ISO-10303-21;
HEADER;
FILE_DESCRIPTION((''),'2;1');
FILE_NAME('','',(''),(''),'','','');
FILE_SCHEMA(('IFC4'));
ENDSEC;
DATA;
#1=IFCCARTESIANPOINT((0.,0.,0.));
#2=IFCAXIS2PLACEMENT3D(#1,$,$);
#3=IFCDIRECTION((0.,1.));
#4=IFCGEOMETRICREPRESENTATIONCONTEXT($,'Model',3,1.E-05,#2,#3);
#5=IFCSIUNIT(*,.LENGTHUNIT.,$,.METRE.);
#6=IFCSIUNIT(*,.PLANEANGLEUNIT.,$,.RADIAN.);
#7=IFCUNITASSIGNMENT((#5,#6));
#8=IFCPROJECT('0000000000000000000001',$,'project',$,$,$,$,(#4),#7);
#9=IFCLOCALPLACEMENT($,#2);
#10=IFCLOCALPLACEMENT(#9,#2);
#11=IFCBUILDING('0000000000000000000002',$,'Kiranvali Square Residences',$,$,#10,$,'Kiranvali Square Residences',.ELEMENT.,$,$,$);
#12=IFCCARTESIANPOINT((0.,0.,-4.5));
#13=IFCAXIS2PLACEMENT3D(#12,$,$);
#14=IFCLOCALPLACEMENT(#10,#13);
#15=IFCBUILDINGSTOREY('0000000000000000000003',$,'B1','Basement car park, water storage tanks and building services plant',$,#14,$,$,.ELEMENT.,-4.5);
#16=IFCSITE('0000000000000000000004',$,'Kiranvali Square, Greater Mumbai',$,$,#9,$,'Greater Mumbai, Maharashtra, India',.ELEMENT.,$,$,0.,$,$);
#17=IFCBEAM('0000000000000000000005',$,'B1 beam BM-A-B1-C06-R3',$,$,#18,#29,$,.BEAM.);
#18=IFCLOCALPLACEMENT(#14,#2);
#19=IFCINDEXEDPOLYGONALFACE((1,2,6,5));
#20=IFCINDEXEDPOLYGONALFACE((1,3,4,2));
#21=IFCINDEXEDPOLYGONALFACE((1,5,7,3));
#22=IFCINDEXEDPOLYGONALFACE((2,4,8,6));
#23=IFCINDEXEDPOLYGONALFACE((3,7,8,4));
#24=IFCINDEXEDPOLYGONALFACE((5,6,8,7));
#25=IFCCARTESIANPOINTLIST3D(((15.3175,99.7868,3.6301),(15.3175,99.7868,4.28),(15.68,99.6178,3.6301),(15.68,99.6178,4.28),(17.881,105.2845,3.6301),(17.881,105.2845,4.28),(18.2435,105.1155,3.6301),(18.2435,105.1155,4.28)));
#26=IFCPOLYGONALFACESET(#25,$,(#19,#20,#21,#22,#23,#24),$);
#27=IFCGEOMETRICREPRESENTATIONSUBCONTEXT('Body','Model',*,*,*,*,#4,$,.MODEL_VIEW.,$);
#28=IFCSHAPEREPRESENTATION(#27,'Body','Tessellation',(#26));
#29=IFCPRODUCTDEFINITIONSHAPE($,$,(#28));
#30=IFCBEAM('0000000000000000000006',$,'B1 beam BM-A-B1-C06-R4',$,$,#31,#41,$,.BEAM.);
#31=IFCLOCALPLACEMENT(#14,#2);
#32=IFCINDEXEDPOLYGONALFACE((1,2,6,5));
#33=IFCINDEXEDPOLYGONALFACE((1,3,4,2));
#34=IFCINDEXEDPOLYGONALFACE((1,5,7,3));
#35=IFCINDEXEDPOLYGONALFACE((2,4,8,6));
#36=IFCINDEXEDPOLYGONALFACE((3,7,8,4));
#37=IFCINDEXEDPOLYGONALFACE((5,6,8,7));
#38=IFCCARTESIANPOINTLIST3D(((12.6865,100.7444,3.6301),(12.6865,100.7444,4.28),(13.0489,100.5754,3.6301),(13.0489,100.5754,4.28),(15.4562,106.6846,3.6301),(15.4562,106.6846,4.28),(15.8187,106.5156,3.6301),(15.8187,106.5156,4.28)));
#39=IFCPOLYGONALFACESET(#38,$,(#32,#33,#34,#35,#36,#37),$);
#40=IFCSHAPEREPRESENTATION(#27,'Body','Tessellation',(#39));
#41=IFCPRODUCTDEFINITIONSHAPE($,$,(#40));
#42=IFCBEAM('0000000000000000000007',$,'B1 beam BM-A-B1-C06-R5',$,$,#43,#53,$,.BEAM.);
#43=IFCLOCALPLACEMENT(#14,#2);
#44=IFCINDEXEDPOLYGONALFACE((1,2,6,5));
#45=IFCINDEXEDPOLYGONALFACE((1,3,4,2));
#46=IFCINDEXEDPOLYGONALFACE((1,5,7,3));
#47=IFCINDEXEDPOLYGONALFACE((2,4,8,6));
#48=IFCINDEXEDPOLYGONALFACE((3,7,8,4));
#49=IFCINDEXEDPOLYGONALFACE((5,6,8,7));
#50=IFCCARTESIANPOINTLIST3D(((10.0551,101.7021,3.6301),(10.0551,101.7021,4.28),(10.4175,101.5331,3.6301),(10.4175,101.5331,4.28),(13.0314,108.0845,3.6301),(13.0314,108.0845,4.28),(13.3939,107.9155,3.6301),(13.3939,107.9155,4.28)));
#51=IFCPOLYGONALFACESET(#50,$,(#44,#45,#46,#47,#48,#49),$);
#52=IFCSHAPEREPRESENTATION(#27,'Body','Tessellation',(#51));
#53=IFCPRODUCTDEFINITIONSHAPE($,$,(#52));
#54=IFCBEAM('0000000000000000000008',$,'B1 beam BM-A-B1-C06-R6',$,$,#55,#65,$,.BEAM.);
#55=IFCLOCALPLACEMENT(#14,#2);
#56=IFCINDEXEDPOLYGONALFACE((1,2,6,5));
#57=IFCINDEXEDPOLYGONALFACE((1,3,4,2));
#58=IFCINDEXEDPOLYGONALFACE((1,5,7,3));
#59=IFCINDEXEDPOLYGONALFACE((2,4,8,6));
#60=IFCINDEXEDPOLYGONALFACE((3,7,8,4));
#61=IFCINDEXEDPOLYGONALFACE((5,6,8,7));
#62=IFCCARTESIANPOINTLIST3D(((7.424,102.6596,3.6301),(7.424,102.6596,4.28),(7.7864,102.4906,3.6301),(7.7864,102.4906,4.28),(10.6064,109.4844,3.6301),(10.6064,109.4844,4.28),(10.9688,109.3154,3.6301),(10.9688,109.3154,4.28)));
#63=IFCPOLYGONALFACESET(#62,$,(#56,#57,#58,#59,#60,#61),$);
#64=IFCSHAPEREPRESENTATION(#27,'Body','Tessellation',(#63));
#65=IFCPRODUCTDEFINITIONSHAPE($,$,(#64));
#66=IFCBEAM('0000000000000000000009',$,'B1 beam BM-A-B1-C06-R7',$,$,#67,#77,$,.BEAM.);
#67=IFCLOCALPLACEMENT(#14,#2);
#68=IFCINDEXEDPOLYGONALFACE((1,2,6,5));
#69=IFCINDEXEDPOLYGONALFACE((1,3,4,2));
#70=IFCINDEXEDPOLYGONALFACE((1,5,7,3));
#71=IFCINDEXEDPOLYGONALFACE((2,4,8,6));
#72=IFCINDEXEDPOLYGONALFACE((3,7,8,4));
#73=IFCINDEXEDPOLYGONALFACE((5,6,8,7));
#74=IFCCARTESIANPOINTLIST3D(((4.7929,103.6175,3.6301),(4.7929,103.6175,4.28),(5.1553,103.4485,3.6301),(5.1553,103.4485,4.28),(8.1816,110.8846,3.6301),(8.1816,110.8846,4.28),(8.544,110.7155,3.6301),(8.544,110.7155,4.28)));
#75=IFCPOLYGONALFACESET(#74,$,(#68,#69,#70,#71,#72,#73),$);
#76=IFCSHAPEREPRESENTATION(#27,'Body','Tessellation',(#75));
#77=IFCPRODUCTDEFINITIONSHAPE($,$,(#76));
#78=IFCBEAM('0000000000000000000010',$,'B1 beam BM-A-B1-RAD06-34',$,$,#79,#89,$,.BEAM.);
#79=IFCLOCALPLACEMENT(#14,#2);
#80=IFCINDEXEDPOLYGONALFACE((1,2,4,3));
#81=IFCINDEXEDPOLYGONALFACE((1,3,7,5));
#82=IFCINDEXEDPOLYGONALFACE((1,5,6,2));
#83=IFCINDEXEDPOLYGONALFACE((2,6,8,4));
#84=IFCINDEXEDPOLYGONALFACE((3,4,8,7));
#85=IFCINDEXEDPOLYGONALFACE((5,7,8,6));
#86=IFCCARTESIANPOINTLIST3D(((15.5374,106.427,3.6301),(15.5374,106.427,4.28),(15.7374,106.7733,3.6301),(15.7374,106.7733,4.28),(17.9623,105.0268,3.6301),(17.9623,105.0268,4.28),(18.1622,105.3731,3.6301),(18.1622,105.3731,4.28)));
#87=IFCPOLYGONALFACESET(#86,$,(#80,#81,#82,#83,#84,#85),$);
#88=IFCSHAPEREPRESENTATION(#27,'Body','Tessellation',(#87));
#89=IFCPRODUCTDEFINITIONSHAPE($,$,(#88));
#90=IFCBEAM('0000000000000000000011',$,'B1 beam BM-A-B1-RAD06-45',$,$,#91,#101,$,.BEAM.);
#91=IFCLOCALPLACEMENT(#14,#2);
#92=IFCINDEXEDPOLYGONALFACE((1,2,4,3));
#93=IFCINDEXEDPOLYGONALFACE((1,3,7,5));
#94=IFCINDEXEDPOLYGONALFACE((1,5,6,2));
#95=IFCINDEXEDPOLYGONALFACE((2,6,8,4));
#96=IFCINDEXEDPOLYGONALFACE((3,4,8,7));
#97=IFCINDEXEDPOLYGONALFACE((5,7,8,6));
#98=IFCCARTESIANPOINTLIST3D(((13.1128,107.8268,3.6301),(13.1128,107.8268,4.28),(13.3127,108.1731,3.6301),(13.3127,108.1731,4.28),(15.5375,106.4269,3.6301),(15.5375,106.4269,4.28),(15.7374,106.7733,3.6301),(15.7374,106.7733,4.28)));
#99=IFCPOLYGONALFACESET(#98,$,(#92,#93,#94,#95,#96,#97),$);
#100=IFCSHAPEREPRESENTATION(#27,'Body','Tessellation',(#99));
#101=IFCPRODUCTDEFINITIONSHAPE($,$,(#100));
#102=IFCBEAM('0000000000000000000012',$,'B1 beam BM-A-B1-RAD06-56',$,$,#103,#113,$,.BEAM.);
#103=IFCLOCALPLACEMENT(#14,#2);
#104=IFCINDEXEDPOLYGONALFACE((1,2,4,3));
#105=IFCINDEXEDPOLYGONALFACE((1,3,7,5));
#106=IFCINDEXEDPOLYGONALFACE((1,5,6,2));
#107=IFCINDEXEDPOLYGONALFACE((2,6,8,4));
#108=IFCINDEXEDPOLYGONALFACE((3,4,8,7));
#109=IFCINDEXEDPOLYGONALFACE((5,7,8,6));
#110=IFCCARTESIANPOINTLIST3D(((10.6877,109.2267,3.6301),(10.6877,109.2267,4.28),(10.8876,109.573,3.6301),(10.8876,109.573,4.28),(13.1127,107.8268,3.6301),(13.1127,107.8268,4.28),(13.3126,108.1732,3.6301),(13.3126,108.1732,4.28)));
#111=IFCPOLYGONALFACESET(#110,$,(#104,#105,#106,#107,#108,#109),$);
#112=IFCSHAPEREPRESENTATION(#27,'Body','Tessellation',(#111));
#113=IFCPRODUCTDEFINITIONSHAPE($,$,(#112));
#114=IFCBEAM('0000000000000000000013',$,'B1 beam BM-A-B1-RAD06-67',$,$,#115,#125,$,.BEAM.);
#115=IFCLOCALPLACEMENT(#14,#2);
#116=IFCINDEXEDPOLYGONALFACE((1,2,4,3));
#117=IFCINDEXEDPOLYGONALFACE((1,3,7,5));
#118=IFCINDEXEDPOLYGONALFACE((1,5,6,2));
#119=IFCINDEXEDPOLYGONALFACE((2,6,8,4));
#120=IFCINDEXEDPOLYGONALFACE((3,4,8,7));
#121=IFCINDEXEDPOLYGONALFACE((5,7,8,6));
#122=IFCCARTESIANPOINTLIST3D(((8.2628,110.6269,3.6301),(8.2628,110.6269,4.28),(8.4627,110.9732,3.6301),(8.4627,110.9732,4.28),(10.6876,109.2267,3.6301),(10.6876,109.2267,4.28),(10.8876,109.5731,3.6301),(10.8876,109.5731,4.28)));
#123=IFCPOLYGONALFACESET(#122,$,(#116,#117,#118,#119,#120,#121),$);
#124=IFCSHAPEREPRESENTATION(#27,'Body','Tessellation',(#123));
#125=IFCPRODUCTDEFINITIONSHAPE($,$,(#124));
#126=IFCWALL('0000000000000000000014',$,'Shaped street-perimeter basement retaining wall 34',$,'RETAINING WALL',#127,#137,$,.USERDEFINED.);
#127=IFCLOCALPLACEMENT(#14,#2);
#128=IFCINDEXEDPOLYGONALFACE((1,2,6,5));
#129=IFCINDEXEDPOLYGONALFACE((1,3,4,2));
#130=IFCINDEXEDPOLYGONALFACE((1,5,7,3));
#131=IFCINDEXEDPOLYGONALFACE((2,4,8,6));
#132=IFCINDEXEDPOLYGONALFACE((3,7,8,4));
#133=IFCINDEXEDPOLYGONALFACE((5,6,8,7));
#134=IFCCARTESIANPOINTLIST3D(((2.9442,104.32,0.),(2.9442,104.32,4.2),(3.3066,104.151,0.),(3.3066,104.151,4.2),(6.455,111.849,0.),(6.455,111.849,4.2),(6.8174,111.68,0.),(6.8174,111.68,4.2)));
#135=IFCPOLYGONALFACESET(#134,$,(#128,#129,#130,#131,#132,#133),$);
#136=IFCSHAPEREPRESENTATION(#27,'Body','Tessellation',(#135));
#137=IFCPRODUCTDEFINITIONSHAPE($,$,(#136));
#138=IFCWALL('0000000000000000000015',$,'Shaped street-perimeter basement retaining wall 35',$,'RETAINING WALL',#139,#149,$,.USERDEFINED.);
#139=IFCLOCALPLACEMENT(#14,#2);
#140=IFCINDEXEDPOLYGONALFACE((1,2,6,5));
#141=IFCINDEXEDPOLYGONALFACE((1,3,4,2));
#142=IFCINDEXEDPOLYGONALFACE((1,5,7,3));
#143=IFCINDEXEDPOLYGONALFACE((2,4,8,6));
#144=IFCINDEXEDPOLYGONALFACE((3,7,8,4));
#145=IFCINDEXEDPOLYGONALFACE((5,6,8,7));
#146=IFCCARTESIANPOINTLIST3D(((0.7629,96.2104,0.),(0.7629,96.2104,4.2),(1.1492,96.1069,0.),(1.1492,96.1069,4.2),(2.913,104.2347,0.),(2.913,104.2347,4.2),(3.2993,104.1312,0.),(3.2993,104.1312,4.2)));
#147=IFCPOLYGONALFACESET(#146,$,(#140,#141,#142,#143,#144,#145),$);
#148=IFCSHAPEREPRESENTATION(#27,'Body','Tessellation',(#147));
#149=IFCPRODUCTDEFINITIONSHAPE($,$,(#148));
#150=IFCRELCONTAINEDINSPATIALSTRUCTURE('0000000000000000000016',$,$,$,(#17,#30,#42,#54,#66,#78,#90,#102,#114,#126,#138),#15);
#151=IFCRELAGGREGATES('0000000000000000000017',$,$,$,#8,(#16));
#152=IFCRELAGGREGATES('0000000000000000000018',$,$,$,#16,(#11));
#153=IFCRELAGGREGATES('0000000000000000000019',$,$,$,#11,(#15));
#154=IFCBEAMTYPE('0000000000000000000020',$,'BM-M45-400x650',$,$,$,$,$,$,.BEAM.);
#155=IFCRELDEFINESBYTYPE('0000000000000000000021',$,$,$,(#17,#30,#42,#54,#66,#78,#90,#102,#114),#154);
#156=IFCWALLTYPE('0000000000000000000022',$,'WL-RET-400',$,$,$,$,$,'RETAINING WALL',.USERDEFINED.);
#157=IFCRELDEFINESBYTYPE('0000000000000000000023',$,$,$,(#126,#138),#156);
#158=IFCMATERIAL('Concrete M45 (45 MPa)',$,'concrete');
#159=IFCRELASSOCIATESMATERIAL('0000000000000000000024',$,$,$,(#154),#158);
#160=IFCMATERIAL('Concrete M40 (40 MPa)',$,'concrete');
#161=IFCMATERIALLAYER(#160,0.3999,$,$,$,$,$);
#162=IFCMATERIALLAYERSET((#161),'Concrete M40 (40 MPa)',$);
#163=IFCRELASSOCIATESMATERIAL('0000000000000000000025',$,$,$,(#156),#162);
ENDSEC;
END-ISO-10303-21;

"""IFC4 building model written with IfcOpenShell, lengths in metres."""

from ifc_helpers import new_model, si_unit, direction, frame, frame_2d, origin, origin_2d, place, context, subcontext, project, spatial, rectangle, extrude, material, layer, layer_set, material_profile, profile_set, type_object, element, save


model = new_model("IFC4")

# Units and contexts
model_context = context("Model", 3, precision=1e-05, world=origin(), true_north=direction((0.0, 1.0)))
body_context = subcontext(model_context, "Body", "Model", "MODEL_VIEW")
ifc_project = project(units=[si_unit("LENGTHUNIT", "METRE"), si_unit("PLANEANGLEUNIT", "RADIAN")], contexts=[model_context])

# Site, building, storey
site_placement = place(None, origin())
site = spatial("IfcSite", under=ifc_project, at=site_placement, Name="Kiranvali Square, Greater Mumbai", LongName="Greater Mumbai, Maharashtra, India", CompositionType="ELEMENT", RefElevation=0.0)
building_placement = place(site_placement, origin())
building = spatial("IfcBuilding", under=site, at=building_placement, Name="Kiranvali Square Residences", LongName="Kiranvali Square Residences", CompositionType="ELEMENT")
storey_placement = place(building_placement, frame((0.0, 0.0, -4.5)))
storey = spatial("IfcBuildingStorey", under=building, at=storey_placement, Name="B1", Description="Basement car park, water storage tanks and building services plant", CompositionType="ELEMENT", Elevation=-4.5)

# Shared definitions
ifc_material_1 = material(Name="Concrete M40 (40 MPa)", Category="concrete")

# Beams
ifc_material_2 = material(Name="Concrete M45 (45 MPa)", Category="concrete")
ifc_material_profile_1 = material_profile(ifc_material_2, rectangle(XDim=0.3999, YDim=0.6499, at=origin_2d()), Name="RC 400x650")
ifc_profile_set_1 = profile_set([ifc_material_profile_1], Name="Concrete M45 (45 MPa)")
beam_type = type_object("IfcBeamType", Name="BM-M45-400x650", PredefinedType="BEAM", material=ifc_profile_set_1)
beam_1_placement = place(storey_placement, frame((18.0623, 105.2, 3.9551), z_axis=(-0.422608, -0.906313, 0.0), x_axis=(0.906313, -0.422608, 0.0)))
element("IfcBeam", 1, at=beam_1_placement, inside=storey, type_object=beam_type, Name="B1 beam BM-A-B1-C06-R3", PredefinedType="BEAM", context=body_context, shape_type="SweptSolid", body=[
    extrude(rectangle(XDim=0.3999, YDim=0.6499, at=origin_2d()), origin(), (0.0, 0.0, 1.0), 6.0659),
])
beam_2_placement = place(storey_placement, frame((15.6375, 106.6001, 3.9551), z_axis=(-0.422596, -0.906318, 0.0), x_axis=(0.906318, -0.422596, 0.0)))
element("IfcBeam", 2, at=beam_2_placement, inside=storey, type_object=beam_type, Name="B1 beam BM-A-B1-C06-R4", PredefinedType="BEAM", context=body_context, shape_type="SweptSolid", body=[
    extrude(rectangle(XDim=0.3999, YDim=0.6499, at=origin_2d()), origin(), (0.0, 0.0, 1.0), 6.5542),
])
beam_3_placement = place(storey_placement, frame((13.2126, 108.0, 3.9551), z_axis=(-0.422641, -0.906297, 0.0), x_axis=(0.906297, -0.422641, 0.0)))
element("IfcBeam", 3, at=beam_3_placement, inside=storey, type_object=beam_type, Name="B1 beam BM-A-B1-C06-R5", PredefinedType="BEAM", context=body_context, shape_type="SweptSolid", body=[
    extrude(rectangle(XDim=0.3999, YDim=0.6499, at=origin_2d()), origin(), (0.0, 0.0, 1.0), 7.0422),
])
beam_4_placement = place(storey_placement, frame((10.7876, 109.3999, 3.9551), z_axis=(-0.422614, -0.90631, 0.0), x_axis=(0.90631, -0.422614, 0.0)))
element("IfcBeam", 4, at=beam_4_placement, inside=storey, type_object=beam_type, Name="B1 beam BM-A-B1-C06-R6", PredefinedType="BEAM", context=body_context, shape_type="SweptSolid", body=[
    extrude(rectangle(XDim=0.3999, YDim=0.6499, at=origin_2d()), origin(), (0.0, 0.0, 1.0), 7.5303),
])
beam_5_placement = place(storey_placement, frame((8.3628, 110.8, 3.9551), z_axis=(-0.422615, -0.906309, 0.0), x_axis=(0.906309, -0.422615, 0.0)))
element("IfcBeam", 5, at=beam_5_placement, inside=storey, type_object=beam_type, Name="B1 beam BM-A-B1-C06-R7", PredefinedType="BEAM", context=body_context, shape_type="SweptSolid", body=[
    extrude(rectangle(XDim=0.3999, YDim=0.6499, at=origin_2d()), origin(), (0.0, 0.0, 1.0), 8.0183),
])
beam_6_placement = place(storey_placement, frame((18.0623, 105.2, 3.9551), z_axis=(-0.865997, 0.50005, 0.0), x_axis=(-0.50005, -0.865997, 0.0)))
element("IfcBeam", 6, at=beam_6_placement, inside=storey, type_object=beam_type, Name="B1 beam BM-A-B1-RAD06-34", PredefinedType="BEAM", context=body_context, shape_type="SweptSolid", body=[
    extrude(rectangle(XDim=0.3999, YDim=0.6499, at=origin_2d()), origin(), (0.0, 0.0, 1.0), 2.8),
])
beam_7_placement = place(storey_placement, frame((15.6375, 106.6001, 3.9551), z_axis=(-0.866035, 0.499984, 0.0), x_axis=(-0.499984, -0.866035, 0.0)))
element("IfcBeam", 7, at=beam_7_placement, inside=storey, type_object=beam_type, Name="B1 beam BM-A-B1-RAD06-45", PredefinedType="BEAM", context=body_context, shape_type="SweptSolid", body=[
    extrude(rectangle(XDim=0.3999, YDim=0.6499, at=origin_2d()), origin(), (0.0, 0.0, 1.0), 2.7998),
])
for number, where, z_axis, x_axis, name in (
    (8, (13.2126, 108.0, 3.9551), (-0.866056, 0.499946, 0.0), (-0.499946, -0.866056, 0.0), "B1 beam BM-A-B1-RAD06-56"),
    (9, (10.7876, 109.3999, 3.9551), (-0.865997, 0.50005, 0.0), (-0.50005, -0.865997, 0.0), "B1 beam BM-A-B1-RAD06-67"),
):
    element("IfcBeam", number, at=place(storey_placement, frame(where, z_axis=z_axis, x_axis=x_axis)), inside=storey, type_object=beam_type, Name=name, PredefinedType="BEAM", context=body_context, shape_type="SweptSolid", body=[
        extrude(rectangle(XDim=0.3999, YDim=0.6499, at=origin_2d()), origin(), (0.0, 0.0, 1.0), 2.8),
    ])

# Walls
ifc_layer = layer(ifc_material_1, 0.3999)
ifc_layer_set = layer_set([ifc_layer], Name="Concrete M40 (40 MPa)")
wall_type = type_object("IfcWallType", Name="WL-RET-400", ElementType="RETAINING WALL", PredefinedType="USERDEFINED", material=ifc_layer_set)
for number, where, z_axis, x_axis, name in (
    (10, (6.6362, 111.7646, 0.0), (0.0, 0.0, 1.0), (-0.422607, -0.906313, 0.0), "Shaped street-perimeter basement retaining wall 34"),
    (11, (3.1062, 104.1831, 0.0), (0.0, 0.0, 1.0), (-0.25882, -0.965925, 0.0), "Shaped street-perimeter basement retaining wall 35"),
):
    element("IfcWall", number, at=place(storey_placement, frame(where, z_axis=z_axis, x_axis=x_axis)), inside=storey, type_object=wall_type, Name=name, ObjectType="RETAINING WALL", PredefinedType="USERDEFINED", context=body_context, shape_type="SweptSolid", body=[
        extrude(rectangle(XDim=8.3074, YDim=0.3999, at=frame_2d((4.1538, 0.0))), origin(), (0.0, 0.0, 1.0), 4.2),
    ])

save(model, "model.ifc")
